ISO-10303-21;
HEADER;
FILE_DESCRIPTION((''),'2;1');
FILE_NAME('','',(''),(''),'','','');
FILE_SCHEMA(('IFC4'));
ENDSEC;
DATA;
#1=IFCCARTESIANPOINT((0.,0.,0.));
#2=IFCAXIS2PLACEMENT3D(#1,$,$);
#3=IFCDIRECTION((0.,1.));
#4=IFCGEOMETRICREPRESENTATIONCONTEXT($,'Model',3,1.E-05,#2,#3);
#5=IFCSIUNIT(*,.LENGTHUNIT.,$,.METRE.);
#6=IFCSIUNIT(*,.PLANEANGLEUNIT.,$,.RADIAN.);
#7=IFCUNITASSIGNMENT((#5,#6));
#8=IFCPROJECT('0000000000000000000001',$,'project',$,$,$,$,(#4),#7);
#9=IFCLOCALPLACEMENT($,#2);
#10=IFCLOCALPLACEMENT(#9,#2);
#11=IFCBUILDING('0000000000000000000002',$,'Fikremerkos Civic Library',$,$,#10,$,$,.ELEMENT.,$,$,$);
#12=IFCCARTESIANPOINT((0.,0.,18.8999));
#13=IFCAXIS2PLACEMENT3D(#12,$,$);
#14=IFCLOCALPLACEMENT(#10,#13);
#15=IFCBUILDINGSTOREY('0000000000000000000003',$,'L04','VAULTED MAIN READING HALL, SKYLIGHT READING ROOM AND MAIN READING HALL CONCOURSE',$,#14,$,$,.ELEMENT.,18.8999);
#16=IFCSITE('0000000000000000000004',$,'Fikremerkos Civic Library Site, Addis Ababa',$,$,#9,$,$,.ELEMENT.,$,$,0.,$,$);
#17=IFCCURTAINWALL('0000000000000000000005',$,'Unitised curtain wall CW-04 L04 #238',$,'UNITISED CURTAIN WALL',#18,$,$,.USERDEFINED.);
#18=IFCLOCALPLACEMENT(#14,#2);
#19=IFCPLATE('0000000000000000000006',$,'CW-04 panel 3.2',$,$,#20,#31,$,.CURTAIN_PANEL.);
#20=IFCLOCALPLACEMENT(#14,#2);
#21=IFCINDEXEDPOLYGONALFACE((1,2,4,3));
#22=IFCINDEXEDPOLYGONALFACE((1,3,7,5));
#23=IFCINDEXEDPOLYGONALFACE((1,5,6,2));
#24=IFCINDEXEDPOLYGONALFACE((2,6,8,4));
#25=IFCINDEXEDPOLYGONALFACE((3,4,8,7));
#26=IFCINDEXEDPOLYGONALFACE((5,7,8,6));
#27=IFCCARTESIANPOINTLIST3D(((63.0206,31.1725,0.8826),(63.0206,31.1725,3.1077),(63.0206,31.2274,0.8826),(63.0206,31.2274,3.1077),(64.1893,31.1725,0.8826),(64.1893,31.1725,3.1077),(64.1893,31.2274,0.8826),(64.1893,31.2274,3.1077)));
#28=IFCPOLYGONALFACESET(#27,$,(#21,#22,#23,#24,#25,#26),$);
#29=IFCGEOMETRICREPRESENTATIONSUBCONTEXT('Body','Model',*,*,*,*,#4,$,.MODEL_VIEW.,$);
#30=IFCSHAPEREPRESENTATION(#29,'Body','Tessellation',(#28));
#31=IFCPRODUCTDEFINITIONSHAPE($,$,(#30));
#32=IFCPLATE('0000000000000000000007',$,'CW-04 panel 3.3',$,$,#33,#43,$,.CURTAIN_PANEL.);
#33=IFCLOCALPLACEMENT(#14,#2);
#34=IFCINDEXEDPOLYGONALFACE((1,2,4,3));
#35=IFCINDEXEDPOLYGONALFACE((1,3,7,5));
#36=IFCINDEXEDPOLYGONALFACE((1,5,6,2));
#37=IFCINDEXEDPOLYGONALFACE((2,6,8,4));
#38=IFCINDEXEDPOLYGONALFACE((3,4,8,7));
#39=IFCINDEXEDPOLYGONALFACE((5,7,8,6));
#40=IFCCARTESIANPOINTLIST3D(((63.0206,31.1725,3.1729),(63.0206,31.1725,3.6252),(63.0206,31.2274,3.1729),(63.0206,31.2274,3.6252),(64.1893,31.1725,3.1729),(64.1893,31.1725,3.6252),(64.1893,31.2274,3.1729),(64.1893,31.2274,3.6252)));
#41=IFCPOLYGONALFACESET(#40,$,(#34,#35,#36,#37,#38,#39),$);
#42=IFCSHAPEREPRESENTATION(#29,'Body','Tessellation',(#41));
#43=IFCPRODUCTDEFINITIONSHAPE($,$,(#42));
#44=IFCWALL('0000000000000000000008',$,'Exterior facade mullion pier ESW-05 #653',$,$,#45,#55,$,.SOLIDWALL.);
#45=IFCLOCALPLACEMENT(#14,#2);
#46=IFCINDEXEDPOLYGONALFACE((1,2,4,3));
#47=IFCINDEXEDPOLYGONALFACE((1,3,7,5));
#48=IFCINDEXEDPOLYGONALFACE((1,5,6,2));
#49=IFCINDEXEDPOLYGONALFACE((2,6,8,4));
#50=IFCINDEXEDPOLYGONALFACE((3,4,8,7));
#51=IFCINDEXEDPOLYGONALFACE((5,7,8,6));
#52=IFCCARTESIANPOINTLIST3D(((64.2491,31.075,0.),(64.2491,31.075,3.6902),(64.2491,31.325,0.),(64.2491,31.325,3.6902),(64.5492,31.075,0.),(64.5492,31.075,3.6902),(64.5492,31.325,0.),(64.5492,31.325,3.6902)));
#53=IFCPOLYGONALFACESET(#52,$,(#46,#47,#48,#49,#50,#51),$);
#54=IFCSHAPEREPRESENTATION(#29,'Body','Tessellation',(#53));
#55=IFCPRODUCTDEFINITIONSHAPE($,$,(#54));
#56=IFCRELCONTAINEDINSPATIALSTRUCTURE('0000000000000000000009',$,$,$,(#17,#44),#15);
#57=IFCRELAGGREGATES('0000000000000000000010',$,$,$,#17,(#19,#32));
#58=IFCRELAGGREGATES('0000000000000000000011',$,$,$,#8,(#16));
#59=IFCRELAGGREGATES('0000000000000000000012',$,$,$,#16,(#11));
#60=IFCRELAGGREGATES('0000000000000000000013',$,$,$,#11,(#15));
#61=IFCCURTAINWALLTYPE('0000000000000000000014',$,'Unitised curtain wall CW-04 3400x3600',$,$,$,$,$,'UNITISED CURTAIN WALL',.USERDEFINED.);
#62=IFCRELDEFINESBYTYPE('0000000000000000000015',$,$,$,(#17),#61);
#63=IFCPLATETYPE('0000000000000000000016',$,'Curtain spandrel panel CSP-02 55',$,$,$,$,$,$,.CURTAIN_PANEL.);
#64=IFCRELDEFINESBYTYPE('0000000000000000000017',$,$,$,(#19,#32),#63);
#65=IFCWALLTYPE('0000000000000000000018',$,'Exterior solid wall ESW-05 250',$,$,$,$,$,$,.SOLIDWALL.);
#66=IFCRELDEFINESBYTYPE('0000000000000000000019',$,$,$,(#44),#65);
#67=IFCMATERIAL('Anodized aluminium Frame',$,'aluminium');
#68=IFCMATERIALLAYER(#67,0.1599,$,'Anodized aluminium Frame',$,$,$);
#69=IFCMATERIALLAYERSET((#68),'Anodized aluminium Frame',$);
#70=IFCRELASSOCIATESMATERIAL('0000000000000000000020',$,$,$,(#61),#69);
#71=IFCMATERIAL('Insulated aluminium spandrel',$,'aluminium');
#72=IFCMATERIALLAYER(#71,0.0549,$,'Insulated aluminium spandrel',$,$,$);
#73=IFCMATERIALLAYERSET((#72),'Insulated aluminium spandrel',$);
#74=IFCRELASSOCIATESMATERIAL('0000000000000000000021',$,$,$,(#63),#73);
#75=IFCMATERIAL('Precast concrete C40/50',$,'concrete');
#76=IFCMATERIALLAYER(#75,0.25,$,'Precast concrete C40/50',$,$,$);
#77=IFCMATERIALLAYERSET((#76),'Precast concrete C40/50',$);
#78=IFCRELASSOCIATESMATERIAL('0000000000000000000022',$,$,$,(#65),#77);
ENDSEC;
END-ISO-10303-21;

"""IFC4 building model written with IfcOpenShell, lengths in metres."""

from ifc_helpers import new_model, si_unit, direction, frame, frame_2d, origin, origin_2d, place, context, subcontext, project, spatial, rectangle, extrude, material, layer, layer_set, type_object, element, aggregate, save


model = new_model("IFC4")

# Units and contexts
model_context = context("Model", 3, precision=1e-05, world=origin(), true_north=direction((0.0, 1.0)))
body_context = subcontext(model_context, "Body", "Model", "MODEL_VIEW")
ifc_project = project(units=[si_unit("LENGTHUNIT", "METRE"), si_unit("PLANEANGLEUNIT", "RADIAN")], contexts=[model_context])

# Site, building, storey
site_placement = place(None, origin())
site = spatial("IfcSite", under=ifc_project, at=site_placement, Name="Fikremerkos Civic Library Site, Addis Ababa", CompositionType="ELEMENT", RefElevation=0.0)
building_placement = place(site_placement, origin())
building = spatial("IfcBuilding", under=site, at=building_placement, Name="Fikremerkos Civic Library", CompositionType="ELEMENT")
storey_placement = place(building_placement, frame((0.0, 0.0, 18.8999)))
storey = spatial("IfcBuildingStorey", under=building, at=storey_placement, Name="L04", Description="VAULTED MAIN READING HALL, SKYLIGHT READING ROOM AND MAIN READING HALL CONCOURSE", CompositionType="ELEMENT", Elevation=18.8999)

# Curtain wall
ifc_material_1 = material(Name="Anodized aluminium Frame", Category="aluminium")
ifc_layer_1 = layer(ifc_material_1, 0.1599, Name="Anodized aluminium Frame")
ifc_layer_set_1 = layer_set([ifc_layer_1], Name="Anodized aluminium Frame")
curtain_wall_type_1 = type_object("IfcCurtainWallType", Name="Unitised curtain wall CW-04 3400x3600", ElementType="UNITISED CURTAIN WALL", PredefinedType="USERDEFINED", material=ifc_layer_set_1)
curtain_wall_1_placement = place(storey_placement, origin())
curtain_wall_1 = element("IfcCurtainWall", 1, at=curtain_wall_1_placement, inside=storey, type_object=curtain_wall_type_1, Name="Unitised curtain wall CW-04 L04 #238", ObjectType="UNITISED CURTAIN WALL", PredefinedType="USERDEFINED")

# Plates
ifc_material_2 = material(Name="Insulated aluminium spandrel", Category="aluminium")
ifc_layer_2 = layer(ifc_material_2, 0.0549, Name="Insulated aluminium spandrel")
ifc_layer_set_2 = layer_set([ifc_layer_2], Name="Insulated aluminium spandrel")
plate_type_1 = type_object("IfcPlateType", Name="Curtain spandrel panel CSP-02 55", PredefinedType="CURTAIN_PANEL", material=ifc_layer_set_2)
plate_1_placement = place(storey_placement, frame((63.605, 31.2, 0.8826), z_axis=(0.0, 0.0, 1.0), x_axis=(1.0, 0.0, 0.0)))
plate_1 = element("IfcPlate", 2, at=plate_1_placement, type_object=plate_type_1, Name="CW-04 panel 3.2", PredefinedType="CURTAIN_PANEL", context=body_context, shape_type="SweptSolid", body=[
    extrude(rectangle(XDim=1.1687, YDim=0.0549, at=origin_2d()), origin(), (0.0, 0.0, 1.0), 2.2251),
])
plate_2_placement = place(storey_placement, frame((63.605, 31.2, 3.1729), z_axis=(0.0, 0.0, 1.0), x_axis=(1.0, 0.0, 0.0)))
plate_2 = element("IfcPlate", 3, at=plate_2_placement, type_object=plate_type_1, Name="CW-04 panel 3.3", PredefinedType="CURTAIN_PANEL", context=body_context, shape_type="SweptSolid", body=[
    extrude(rectangle(XDim=1.1687, YDim=0.0549, at=origin_2d()), origin(), (0.0, 0.0, 1.0), 0.4524),
])
aggregate(curtain_wall_1, [plate_1, plate_2])

# Wall
ifc_material_3 = material(Name="Precast concrete C40/50", Category="concrete")
ifc_layer_3 = layer(ifc_material_3, 0.25, Name="Precast concrete C40/50")
ifc_layer_set_3 = layer_set([ifc_layer_3], Name="Precast concrete C40/50")
wall_type = type_object("IfcWallType", Name="Exterior solid wall ESW-05 250", PredefinedType="SOLIDWALL", material=ifc_layer_set_3)
wall_placement = place(storey_placement, frame((64.2493, 31.2, 0.0), z_axis=(0.0, 0.0, 1.0), x_axis=(1.0, 0.0, 0.0)))
element("IfcWall", 4, at=wall_placement, inside=storey, type_object=wall_type, Name="Exterior facade mullion pier ESW-05 #653", PredefinedType="SOLIDWALL", context=body_context, shape_type="SweptSolid", body=[
    extrude(rectangle(XDim=0.3, YDim=0.25, at=frame_2d((0.1499, 0.0))), origin(), (0.0, 0.0, 1.0), 3.6902),
])

save(model, "model.ifc")
